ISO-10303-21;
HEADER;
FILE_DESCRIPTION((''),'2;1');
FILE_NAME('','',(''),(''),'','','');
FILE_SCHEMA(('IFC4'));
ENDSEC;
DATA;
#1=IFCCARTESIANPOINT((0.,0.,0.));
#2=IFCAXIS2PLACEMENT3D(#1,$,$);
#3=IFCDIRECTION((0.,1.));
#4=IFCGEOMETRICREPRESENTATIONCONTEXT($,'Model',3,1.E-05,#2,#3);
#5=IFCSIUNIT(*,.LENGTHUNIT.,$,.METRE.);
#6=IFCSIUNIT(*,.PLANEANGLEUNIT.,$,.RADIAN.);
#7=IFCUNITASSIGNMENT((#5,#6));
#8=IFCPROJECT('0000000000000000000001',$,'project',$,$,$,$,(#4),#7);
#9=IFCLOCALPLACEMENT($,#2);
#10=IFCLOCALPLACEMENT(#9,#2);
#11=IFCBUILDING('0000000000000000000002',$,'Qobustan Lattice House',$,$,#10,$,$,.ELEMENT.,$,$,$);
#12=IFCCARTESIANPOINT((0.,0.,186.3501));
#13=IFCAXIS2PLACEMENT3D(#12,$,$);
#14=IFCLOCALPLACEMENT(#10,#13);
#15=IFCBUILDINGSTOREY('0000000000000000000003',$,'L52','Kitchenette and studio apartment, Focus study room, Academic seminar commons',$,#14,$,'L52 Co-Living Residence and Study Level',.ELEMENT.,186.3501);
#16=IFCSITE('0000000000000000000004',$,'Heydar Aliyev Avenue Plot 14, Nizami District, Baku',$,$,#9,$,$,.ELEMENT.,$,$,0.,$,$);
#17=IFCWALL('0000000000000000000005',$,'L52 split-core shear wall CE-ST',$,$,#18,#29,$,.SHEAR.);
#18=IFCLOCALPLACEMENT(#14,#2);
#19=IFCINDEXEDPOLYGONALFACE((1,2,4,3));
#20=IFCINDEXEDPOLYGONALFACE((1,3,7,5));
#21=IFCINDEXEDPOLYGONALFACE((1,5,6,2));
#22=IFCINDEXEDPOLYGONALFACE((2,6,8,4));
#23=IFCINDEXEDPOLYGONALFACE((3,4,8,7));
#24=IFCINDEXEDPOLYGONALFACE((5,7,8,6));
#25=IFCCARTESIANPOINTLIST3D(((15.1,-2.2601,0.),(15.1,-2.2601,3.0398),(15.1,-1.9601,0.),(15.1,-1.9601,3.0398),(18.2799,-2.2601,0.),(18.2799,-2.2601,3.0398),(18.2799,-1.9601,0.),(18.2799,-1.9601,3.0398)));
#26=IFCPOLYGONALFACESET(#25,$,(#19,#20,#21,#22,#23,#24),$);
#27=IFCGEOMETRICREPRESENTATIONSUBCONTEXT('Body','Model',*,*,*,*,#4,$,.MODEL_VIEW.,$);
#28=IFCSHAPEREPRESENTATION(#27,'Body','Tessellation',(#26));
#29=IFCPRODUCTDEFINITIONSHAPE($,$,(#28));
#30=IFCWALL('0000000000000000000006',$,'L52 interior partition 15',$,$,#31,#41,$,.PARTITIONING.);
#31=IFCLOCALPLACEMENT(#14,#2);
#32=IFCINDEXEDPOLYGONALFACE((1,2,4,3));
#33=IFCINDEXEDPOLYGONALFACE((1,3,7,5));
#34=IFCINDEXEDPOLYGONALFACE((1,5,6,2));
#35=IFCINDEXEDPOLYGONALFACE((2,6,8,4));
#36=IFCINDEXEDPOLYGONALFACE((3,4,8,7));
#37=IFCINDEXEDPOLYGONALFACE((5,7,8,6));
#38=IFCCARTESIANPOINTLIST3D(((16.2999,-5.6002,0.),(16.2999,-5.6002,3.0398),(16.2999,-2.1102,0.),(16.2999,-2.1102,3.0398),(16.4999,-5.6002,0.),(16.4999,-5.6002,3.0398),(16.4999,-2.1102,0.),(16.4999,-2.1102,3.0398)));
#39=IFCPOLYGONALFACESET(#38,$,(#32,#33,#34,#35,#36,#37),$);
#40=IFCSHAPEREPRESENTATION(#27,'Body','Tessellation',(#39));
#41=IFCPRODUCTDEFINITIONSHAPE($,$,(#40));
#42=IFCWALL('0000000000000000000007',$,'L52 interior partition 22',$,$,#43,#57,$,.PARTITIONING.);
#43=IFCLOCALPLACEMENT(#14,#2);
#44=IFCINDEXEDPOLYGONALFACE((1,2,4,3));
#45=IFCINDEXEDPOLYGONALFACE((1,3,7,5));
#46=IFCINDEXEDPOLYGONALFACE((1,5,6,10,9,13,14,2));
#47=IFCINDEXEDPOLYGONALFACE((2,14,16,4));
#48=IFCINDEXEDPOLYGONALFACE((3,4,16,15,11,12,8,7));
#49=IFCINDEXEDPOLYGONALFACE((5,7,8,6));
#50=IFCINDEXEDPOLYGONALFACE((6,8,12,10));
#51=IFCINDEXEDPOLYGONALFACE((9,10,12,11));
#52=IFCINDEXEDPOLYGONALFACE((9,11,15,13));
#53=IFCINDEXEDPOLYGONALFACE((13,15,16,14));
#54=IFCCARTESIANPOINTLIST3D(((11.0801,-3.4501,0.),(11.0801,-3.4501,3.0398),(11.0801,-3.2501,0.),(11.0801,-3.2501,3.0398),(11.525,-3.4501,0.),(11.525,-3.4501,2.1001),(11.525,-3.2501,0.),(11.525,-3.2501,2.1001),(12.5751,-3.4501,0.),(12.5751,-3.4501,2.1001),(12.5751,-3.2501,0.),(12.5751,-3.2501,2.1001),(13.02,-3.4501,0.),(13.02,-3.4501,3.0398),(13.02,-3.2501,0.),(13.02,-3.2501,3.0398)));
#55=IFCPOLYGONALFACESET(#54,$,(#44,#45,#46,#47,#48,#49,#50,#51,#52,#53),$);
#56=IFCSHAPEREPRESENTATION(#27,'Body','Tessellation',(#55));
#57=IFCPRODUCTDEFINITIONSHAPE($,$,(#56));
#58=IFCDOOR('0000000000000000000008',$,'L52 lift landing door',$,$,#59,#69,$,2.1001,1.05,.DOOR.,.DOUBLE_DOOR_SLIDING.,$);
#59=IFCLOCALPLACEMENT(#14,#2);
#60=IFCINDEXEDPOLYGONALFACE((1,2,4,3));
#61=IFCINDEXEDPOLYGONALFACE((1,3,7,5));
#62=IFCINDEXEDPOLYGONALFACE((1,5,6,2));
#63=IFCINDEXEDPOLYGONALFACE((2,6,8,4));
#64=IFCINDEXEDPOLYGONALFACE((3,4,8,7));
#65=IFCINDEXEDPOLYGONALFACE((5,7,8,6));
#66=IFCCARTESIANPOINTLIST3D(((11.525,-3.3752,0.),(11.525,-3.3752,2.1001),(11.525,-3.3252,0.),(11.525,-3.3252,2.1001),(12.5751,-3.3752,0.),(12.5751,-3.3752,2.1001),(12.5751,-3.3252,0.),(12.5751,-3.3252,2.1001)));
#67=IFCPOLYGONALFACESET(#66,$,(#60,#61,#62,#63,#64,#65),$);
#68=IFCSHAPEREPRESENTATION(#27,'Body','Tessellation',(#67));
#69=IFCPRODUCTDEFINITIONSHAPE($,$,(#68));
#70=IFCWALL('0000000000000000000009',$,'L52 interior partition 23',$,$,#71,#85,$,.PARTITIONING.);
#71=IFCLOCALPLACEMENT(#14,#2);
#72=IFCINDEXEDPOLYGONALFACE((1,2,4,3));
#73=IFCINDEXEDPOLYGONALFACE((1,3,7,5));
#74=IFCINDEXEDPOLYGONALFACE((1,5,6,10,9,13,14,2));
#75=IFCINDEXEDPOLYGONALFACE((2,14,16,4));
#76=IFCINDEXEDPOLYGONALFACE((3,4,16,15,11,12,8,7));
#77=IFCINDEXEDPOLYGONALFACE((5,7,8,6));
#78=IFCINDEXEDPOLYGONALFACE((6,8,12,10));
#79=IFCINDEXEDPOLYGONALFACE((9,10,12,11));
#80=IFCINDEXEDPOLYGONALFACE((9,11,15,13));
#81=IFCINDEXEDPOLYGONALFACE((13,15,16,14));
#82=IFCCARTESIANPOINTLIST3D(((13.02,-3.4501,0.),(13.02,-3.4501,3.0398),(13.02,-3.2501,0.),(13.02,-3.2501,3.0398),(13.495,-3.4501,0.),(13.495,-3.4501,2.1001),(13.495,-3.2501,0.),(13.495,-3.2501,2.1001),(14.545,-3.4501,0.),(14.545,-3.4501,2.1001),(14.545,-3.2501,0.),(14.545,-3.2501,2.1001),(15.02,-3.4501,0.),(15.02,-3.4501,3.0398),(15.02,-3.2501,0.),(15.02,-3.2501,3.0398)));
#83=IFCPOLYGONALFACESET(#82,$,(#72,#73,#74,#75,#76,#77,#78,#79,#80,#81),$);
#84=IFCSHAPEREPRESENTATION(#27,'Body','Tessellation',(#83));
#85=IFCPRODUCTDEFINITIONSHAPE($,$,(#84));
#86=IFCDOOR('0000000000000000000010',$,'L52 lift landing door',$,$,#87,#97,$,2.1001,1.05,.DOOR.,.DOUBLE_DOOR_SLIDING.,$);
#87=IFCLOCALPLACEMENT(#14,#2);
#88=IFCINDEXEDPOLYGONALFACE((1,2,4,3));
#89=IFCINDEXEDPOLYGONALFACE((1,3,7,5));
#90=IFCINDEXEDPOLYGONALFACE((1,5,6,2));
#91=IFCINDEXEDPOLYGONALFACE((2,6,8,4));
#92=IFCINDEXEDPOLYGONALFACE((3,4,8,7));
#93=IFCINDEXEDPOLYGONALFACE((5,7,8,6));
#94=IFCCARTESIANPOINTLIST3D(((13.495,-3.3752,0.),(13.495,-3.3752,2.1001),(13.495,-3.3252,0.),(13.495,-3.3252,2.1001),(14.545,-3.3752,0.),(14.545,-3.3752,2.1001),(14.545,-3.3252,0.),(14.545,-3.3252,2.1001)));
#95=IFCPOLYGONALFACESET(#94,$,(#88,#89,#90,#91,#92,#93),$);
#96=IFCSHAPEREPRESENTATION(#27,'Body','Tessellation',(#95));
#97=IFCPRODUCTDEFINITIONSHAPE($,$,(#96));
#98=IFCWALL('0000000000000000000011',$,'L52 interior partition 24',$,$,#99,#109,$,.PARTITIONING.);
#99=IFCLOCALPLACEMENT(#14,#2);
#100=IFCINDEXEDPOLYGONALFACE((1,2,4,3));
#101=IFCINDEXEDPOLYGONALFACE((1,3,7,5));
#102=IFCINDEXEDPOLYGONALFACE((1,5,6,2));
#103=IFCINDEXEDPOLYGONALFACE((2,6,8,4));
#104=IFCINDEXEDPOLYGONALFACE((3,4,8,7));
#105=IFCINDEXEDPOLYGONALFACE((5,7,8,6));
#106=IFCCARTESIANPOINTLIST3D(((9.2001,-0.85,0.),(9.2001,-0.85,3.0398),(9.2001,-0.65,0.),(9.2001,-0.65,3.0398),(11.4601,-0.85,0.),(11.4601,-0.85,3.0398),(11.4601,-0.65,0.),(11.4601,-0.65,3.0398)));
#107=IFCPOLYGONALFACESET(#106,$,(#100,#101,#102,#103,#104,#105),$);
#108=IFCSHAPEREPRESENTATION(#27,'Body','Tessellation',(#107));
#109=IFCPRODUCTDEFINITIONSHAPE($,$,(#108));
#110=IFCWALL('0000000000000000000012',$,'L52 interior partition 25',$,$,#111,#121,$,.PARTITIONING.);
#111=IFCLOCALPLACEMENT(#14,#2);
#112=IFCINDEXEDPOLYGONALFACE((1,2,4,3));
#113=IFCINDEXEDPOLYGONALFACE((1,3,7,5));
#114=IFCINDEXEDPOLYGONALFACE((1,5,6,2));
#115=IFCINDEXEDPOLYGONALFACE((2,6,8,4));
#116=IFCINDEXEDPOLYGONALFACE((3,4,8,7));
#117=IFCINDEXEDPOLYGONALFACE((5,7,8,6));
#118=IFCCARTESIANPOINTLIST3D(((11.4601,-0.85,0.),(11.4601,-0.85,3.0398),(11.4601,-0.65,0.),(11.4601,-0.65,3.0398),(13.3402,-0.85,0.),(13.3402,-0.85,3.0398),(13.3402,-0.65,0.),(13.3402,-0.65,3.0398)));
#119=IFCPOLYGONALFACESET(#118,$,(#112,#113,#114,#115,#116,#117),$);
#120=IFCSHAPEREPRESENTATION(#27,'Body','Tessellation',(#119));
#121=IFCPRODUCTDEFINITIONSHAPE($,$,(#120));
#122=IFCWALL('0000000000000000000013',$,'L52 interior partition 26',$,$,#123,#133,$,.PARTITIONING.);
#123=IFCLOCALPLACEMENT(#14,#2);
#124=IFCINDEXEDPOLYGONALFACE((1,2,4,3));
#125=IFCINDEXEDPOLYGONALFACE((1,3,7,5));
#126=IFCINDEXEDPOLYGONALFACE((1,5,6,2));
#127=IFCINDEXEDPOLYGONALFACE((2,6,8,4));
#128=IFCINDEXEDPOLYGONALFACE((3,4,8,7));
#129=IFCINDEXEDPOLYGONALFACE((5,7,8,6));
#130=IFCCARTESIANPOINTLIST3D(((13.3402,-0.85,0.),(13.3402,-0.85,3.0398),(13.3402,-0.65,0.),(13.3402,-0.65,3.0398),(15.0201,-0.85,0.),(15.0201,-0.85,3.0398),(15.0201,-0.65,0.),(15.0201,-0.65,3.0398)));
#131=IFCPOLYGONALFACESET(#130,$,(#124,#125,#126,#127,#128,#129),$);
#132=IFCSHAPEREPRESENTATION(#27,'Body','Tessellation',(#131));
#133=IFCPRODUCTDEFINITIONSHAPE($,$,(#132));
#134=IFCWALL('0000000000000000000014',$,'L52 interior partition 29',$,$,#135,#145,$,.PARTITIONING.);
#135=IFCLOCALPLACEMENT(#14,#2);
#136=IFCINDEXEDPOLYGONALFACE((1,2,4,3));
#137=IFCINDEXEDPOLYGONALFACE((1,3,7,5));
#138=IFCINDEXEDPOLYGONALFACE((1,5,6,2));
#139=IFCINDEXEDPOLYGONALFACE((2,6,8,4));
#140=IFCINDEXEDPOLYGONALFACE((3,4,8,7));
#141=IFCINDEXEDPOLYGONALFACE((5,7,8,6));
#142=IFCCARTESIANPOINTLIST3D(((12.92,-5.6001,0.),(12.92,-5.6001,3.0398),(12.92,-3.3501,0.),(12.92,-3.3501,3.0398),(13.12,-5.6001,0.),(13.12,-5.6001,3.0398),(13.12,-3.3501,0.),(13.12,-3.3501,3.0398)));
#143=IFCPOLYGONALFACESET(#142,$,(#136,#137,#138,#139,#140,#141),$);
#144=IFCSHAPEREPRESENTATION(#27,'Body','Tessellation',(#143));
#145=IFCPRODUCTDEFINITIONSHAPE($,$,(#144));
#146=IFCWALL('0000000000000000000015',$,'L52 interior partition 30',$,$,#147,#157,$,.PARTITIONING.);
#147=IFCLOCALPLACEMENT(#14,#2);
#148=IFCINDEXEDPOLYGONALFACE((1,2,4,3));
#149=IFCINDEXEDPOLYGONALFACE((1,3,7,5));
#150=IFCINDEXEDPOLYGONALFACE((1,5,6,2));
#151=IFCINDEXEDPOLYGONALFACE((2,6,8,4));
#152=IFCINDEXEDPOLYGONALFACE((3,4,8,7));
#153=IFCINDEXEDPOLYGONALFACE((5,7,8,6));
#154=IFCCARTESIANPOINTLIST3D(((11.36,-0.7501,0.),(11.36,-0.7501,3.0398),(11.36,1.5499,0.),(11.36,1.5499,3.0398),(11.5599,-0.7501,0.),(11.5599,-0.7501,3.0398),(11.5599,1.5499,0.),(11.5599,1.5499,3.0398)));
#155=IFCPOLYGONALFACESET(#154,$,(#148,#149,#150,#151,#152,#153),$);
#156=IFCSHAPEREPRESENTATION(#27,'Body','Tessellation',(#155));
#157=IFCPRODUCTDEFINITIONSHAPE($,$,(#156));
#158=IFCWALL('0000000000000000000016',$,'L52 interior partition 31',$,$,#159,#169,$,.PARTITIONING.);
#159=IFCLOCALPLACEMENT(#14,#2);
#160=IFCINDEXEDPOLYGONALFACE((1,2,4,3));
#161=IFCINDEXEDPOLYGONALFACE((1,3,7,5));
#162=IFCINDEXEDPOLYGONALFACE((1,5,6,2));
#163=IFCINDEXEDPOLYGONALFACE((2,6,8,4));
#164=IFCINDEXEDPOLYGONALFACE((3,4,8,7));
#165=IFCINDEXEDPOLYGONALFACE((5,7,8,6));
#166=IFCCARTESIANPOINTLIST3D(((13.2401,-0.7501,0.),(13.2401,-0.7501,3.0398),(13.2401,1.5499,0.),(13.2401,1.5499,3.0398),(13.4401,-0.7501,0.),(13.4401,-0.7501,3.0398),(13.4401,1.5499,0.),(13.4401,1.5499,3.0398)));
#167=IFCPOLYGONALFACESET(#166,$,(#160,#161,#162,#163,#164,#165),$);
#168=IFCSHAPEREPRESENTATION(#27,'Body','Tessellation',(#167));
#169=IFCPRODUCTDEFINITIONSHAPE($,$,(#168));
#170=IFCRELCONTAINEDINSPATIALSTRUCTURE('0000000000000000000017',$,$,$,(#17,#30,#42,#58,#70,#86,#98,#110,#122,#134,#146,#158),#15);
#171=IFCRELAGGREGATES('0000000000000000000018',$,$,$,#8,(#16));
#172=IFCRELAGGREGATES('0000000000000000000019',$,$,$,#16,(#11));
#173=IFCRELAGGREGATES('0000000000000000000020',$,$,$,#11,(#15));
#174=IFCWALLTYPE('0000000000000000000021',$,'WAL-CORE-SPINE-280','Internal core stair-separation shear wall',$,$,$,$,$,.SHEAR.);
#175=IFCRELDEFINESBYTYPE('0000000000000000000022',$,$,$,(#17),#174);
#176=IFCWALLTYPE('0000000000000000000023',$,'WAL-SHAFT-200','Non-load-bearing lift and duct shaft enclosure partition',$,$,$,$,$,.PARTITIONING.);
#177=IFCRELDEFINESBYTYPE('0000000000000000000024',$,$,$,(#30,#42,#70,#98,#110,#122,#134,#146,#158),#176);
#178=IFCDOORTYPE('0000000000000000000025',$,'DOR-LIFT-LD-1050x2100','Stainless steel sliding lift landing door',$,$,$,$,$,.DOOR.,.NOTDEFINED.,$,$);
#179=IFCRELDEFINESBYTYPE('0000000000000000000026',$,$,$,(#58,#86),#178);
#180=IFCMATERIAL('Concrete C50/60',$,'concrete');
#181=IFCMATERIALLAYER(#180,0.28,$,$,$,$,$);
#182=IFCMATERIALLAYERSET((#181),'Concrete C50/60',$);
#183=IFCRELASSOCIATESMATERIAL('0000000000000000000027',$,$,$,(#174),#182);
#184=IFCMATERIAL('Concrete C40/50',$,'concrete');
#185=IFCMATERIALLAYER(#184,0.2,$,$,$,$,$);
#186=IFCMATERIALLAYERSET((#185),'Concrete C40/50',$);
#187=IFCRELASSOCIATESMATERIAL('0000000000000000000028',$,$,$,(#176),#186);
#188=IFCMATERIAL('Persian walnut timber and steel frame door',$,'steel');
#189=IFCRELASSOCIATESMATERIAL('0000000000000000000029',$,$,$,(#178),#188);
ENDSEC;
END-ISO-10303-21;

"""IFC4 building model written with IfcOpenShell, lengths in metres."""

from ifc_helpers import new_model, si_unit, direction, frame, frame_2d, origin, place, context, subcontext, project, spatial, rectangle, extrude, material, layer, layer_set, type_object, element, fill, save


model = new_model("IFC4")

# Units and contexts
model_context = context("Model", 3, precision=1e-05, world=origin(), true_north=direction((0.0, 1.0)))
body_context = subcontext(model_context, "Body", "Model", "MODEL_VIEW")
ifc_project = project(units=[si_unit("LENGTHUNIT", "METRE"), si_unit("PLANEANGLEUNIT", "RADIAN")], contexts=[model_context])

# Site, building, storey
site_placement = place(None, origin())
site = spatial("IfcSite", under=ifc_project, at=site_placement, Name="Heydar Aliyev Avenue Plot 14, Nizami District, Baku", CompositionType="ELEMENT", RefElevation=0.0)
building_placement = place(site_placement, origin())
building = spatial("IfcBuilding", under=site, at=building_placement, Name="Qobustan Lattice House", CompositionType="ELEMENT")
storey_placement = place(building_placement, frame((0.0, 0.0, 186.3501)))
storey = spatial("IfcBuildingStorey", under=building, at=storey_placement, Name="L52", Description="Kitchenette and studio apartment, Focus study room, Academic seminar commons", LongName="L52 Co-Living Residence and Study Level", CompositionType="ELEMENT", Elevation=186.3501)

# Walls
ifc_material_1 = material(Name="Concrete C50/60", Category="concrete")
ifc_layer_1 = layer(ifc_material_1, 0.28)
ifc_layer_set_1 = layer_set([ifc_layer_1], Name="Concrete C50/60")
wall_type_1 = type_object("IfcWallType", Name="WAL-CORE-SPINE-280", Description="Internal core stair-separation shear wall", PredefinedType="SHEAR", material=ifc_layer_set_1)
wall_1_placement = place(storey_placement, frame((15.1001, -2.1101, 0.0), z_axis=(0.0, 0.0, 1.0), x_axis=(1.0, 0.0, 0.0)))
element("IfcWall", 1, at=wall_1_placement, inside=storey, type_object=wall_type_1, Name="L52 split-core shear wall CE-ST", PredefinedType="SHEAR", context=body_context, shape_type="SweptSolid", body=[
    extrude(rectangle(XDim=3.1799, YDim=0.3, at=frame_2d((1.5898, 0.0))), origin(), (0.0, 0.0, 1.0), 3.0398),
])
ifc_material_2 = material(Name="Concrete C40/50", Category="concrete")
ifc_layer_2 = layer(ifc_material_2, 0.2)
ifc_layer_set_2 = layer_set([ifc_layer_2], Name="Concrete C40/50")
wall_type_2 = type_object("IfcWallType", Name="WAL-SHAFT-200", Description="Non-load-bearing lift and duct shaft enclosure partition", PredefinedType="PARTITIONING", material=ifc_layer_set_2)
wall_2_placement = place(storey_placement, frame((16.3999, -2.1101, 0.0), z_axis=(0.0, 0.0, 1.0), x_axis=(0.0, -1.0, 0.0)))
element("IfcWall", 2, at=wall_2_placement, inside=storey, type_object=wall_type_2, Name="L52 interior partition 15", PredefinedType="PARTITIONING", context=body_context, shape_type="SweptSolid", body=[
    extrude(rectangle(XDim=3.49, YDim=0.2, at=frame_2d((1.7451, 0.0))), origin(), (0.0, 0.0, 1.0), 3.0398),
])

# Walls, openings, doors
wall_3_placement = place(storey_placement, frame((11.0801, -3.3501, 0.0), z_axis=(0.0, 0.0, 1.0), x_axis=(1.0, 0.0, 0.0)))
wall_3 = element("IfcWall", 3, at=wall_3_placement, inside=storey, type_object=wall_type_2, Name="L52 interior partition 22", PredefinedType="PARTITIONING", context=body_context, shape_type="SweptSolid", body=[
    extrude(rectangle(XDim=1.9399, YDim=0.2, at=frame_2d((0.97, 0.0))), origin(), (0.0, 0.0, 1.0), 3.0398),
])
opening_1_placement = place(wall_3_placement, frame((0.4451, 0.0, 0.0)))
opening_1 = element("IfcOpeningElement", 4, at=opening_1_placement, cuts=wall_3, PredefinedType="OPENING", context=body_context, shape_type="SweptSolid", body=[
    extrude(rectangle(XDim=1.05, YDim=2.1001, at=frame_2d((0.5249, 1.05))), frame((0.0, 0.1099, 0.0), z_axis=(0.0, -1.0, 0.0), x_axis=(1.0, 0.0, 0.0)), (0.0, 0.0, 1.0), 0.22),
])
ifc_material_3 = material(Name="Persian walnut timber and steel frame door", Category="steel")
door_type = type_object("IfcDoorType", Name="DOR-LIFT-LD-1050x2100", Description="Stainless steel sliding lift landing door", OperationType="NOTDEFINED", PredefinedType="DOOR", material=ifc_material_3)
door_1_placement = place(opening_1_placement, origin())
door_1 = element("IfcDoor", 5, at=door_1_placement, inside=storey, type_object=door_type, Name="L52 lift landing door", OperationType="DOUBLE_DOOR_SLIDING", OverallHeight=2.1001, OverallWidth=1.05, PredefinedType="DOOR", context=body_context, shape_type="SweptSolid", body=[
    extrude(rectangle(XDim=1.05, YDim=2.1001, at=frame_2d((0.5249, 1.05))), frame((0.0, 0.0249, 0.0), z_axis=(0.0, -1.0, 0.0), x_axis=(1.0, 0.0, 0.0)), (0.0, 0.0, 1.0), 0.05),
])
fill(opening_1, door_1)
wall_4_placement = place(storey_placement, frame((13.02, -3.3501, 0.0), z_axis=(0.0, 0.0, 1.0), x_axis=(1.0, 0.0, 0.0)))
wall_4 = element("IfcWall", 6, at=wall_4_placement, inside=storey, type_object=wall_type_2, Name="L52 interior partition 23", PredefinedType="PARTITIONING", context=body_context, shape_type="SweptSolid", body=[
    extrude(rectangle(XDim=2.0, YDim=0.2, at=frame_2d((1.0, 0.0))), origin(), (0.0, 0.0, 1.0), 3.0398),
])
opening_2_placement = place(wall_4_placement, frame((0.4751, 0.0, 0.0)))
opening_2 = element("IfcOpeningElement", 7, at=opening_2_placement, cuts=wall_4, PredefinedType="OPENING", context=body_context, shape_type="SweptSolid", body=[
    extrude(rectangle(XDim=1.05, YDim=2.1001, at=frame_2d((0.5249, 1.05))), frame((0.0, 0.1099, 0.0), z_axis=(0.0, -1.0, 0.0), x_axis=(1.0, 0.0, 0.0)), (0.0, 0.0, 1.0), 0.22),
])
door_2_placement = place(opening_2_placement, origin())
door_2 = element("IfcDoor", 8, at=door_2_placement, inside=storey, type_object=door_type, Name="L52 lift landing door", OperationType="DOUBLE_DOOR_SLIDING", OverallHeight=2.1001, OverallWidth=1.05, PredefinedType="DOOR", context=body_context, shape_type="SweptSolid", body=[
    extrude(rectangle(XDim=1.05, YDim=2.1001, at=frame_2d((0.5249, 1.05))), frame((0.0, 0.0249, 0.0), z_axis=(0.0, -1.0, 0.0), x_axis=(1.0, 0.0, 0.0)), (0.0, 0.0, 1.0), 0.05),
])
fill(opening_2, door_2)

# Walls
wall_5_placement = place(storey_placement, frame((11.46, -0.75, 0.0), z_axis=(0.0, 0.0, 1.0), x_axis=(-1.0, 0.0, 0.0)))
element("IfcWall", 9, at=wall_5_placement, inside=storey, type_object=wall_type_2, Name="L52 interior partition 24", PredefinedType="PARTITIONING", context=body_context, shape_type="SweptSolid", body=[
    extrude(rectangle(XDim=2.26, YDim=0.2, at=frame_2d((1.1299, 0.0))), origin(), (0.0, 0.0, 1.0), 3.0398),
])
wall_6_placement = place(storey_placement, frame((13.3401, -0.75, 0.0), z_axis=(0.0, 0.0, 1.0), x_axis=(-1.0, 0.0, 0.0)))
element("IfcWall", 10, at=wall_6_placement, inside=storey, type_object=wall_type_2, Name="L52 interior partition 25", PredefinedType="PARTITIONING", context=body_context, shape_type="SweptSolid", body=[
    extrude(rectangle(XDim=1.8801, YDim=0.2, at=frame_2d((0.9399, 0.0))), origin(), (0.0, 0.0, 1.0), 3.0398),
])
wall_7_placement = place(storey_placement, frame((15.02, -0.75, 0.0), z_axis=(0.0, 0.0, 1.0), x_axis=(-1.0, 0.0, 0.0)))
element("IfcWall", 11, at=wall_7_placement, inside=storey, type_object=wall_type_2, Name="L52 interior partition 26", PredefinedType="PARTITIONING", context=body_context, shape_type="SweptSolid", body=[
    extrude(rectangle(XDim=1.6799, YDim=0.2, at=frame_2d((0.8398, 0.0))), origin(), (0.0, 0.0, 1.0), 3.0398),
])
wall_8_placement = place(storey_placement, frame((13.02, -5.6001, 0.0), z_axis=(0.0, 0.0, 1.0), x_axis=(0.0, 1.0, 0.0)))
element("IfcWall", 12, at=wall_8_placement, inside=storey, type_object=wall_type_2, Name="L52 interior partition 29", PredefinedType="PARTITIONING", context=body_context, shape_type="SweptSolid", body=[
    extrude(rectangle(XDim=2.25, YDim=0.2, at=frame_2d((1.125, 0.0))), origin(), (0.0, 0.0, 1.0), 3.0398),
])
for number, where, z_axis, x_axis, name in (
    (13, (11.46, -0.75, 0.0), (0.0, 0.0, 1.0), (0.0, 1.0, 0.0), "L52 interior partition 30"),
    (14, (13.3401, -0.75, 0.0), (0.0, 0.0, 1.0), (0.0, 1.0, 0.0), "L52 interior partition 31"),
):
    element("IfcWall", number, at=place(storey_placement, frame(where, z_axis=z_axis, x_axis=x_axis)), inside=storey, type_object=wall_type_2, Name=name, PredefinedType="PARTITIONING", context=body_context, shape_type="SweptSolid", body=[
        extrude(rectangle(XDim=2.3, YDim=0.2, at=frame_2d((1.1499, 0.0))), origin(), (0.0, 0.0, 1.0), 3.0398),
    ])

save(model, "model.ifc")
